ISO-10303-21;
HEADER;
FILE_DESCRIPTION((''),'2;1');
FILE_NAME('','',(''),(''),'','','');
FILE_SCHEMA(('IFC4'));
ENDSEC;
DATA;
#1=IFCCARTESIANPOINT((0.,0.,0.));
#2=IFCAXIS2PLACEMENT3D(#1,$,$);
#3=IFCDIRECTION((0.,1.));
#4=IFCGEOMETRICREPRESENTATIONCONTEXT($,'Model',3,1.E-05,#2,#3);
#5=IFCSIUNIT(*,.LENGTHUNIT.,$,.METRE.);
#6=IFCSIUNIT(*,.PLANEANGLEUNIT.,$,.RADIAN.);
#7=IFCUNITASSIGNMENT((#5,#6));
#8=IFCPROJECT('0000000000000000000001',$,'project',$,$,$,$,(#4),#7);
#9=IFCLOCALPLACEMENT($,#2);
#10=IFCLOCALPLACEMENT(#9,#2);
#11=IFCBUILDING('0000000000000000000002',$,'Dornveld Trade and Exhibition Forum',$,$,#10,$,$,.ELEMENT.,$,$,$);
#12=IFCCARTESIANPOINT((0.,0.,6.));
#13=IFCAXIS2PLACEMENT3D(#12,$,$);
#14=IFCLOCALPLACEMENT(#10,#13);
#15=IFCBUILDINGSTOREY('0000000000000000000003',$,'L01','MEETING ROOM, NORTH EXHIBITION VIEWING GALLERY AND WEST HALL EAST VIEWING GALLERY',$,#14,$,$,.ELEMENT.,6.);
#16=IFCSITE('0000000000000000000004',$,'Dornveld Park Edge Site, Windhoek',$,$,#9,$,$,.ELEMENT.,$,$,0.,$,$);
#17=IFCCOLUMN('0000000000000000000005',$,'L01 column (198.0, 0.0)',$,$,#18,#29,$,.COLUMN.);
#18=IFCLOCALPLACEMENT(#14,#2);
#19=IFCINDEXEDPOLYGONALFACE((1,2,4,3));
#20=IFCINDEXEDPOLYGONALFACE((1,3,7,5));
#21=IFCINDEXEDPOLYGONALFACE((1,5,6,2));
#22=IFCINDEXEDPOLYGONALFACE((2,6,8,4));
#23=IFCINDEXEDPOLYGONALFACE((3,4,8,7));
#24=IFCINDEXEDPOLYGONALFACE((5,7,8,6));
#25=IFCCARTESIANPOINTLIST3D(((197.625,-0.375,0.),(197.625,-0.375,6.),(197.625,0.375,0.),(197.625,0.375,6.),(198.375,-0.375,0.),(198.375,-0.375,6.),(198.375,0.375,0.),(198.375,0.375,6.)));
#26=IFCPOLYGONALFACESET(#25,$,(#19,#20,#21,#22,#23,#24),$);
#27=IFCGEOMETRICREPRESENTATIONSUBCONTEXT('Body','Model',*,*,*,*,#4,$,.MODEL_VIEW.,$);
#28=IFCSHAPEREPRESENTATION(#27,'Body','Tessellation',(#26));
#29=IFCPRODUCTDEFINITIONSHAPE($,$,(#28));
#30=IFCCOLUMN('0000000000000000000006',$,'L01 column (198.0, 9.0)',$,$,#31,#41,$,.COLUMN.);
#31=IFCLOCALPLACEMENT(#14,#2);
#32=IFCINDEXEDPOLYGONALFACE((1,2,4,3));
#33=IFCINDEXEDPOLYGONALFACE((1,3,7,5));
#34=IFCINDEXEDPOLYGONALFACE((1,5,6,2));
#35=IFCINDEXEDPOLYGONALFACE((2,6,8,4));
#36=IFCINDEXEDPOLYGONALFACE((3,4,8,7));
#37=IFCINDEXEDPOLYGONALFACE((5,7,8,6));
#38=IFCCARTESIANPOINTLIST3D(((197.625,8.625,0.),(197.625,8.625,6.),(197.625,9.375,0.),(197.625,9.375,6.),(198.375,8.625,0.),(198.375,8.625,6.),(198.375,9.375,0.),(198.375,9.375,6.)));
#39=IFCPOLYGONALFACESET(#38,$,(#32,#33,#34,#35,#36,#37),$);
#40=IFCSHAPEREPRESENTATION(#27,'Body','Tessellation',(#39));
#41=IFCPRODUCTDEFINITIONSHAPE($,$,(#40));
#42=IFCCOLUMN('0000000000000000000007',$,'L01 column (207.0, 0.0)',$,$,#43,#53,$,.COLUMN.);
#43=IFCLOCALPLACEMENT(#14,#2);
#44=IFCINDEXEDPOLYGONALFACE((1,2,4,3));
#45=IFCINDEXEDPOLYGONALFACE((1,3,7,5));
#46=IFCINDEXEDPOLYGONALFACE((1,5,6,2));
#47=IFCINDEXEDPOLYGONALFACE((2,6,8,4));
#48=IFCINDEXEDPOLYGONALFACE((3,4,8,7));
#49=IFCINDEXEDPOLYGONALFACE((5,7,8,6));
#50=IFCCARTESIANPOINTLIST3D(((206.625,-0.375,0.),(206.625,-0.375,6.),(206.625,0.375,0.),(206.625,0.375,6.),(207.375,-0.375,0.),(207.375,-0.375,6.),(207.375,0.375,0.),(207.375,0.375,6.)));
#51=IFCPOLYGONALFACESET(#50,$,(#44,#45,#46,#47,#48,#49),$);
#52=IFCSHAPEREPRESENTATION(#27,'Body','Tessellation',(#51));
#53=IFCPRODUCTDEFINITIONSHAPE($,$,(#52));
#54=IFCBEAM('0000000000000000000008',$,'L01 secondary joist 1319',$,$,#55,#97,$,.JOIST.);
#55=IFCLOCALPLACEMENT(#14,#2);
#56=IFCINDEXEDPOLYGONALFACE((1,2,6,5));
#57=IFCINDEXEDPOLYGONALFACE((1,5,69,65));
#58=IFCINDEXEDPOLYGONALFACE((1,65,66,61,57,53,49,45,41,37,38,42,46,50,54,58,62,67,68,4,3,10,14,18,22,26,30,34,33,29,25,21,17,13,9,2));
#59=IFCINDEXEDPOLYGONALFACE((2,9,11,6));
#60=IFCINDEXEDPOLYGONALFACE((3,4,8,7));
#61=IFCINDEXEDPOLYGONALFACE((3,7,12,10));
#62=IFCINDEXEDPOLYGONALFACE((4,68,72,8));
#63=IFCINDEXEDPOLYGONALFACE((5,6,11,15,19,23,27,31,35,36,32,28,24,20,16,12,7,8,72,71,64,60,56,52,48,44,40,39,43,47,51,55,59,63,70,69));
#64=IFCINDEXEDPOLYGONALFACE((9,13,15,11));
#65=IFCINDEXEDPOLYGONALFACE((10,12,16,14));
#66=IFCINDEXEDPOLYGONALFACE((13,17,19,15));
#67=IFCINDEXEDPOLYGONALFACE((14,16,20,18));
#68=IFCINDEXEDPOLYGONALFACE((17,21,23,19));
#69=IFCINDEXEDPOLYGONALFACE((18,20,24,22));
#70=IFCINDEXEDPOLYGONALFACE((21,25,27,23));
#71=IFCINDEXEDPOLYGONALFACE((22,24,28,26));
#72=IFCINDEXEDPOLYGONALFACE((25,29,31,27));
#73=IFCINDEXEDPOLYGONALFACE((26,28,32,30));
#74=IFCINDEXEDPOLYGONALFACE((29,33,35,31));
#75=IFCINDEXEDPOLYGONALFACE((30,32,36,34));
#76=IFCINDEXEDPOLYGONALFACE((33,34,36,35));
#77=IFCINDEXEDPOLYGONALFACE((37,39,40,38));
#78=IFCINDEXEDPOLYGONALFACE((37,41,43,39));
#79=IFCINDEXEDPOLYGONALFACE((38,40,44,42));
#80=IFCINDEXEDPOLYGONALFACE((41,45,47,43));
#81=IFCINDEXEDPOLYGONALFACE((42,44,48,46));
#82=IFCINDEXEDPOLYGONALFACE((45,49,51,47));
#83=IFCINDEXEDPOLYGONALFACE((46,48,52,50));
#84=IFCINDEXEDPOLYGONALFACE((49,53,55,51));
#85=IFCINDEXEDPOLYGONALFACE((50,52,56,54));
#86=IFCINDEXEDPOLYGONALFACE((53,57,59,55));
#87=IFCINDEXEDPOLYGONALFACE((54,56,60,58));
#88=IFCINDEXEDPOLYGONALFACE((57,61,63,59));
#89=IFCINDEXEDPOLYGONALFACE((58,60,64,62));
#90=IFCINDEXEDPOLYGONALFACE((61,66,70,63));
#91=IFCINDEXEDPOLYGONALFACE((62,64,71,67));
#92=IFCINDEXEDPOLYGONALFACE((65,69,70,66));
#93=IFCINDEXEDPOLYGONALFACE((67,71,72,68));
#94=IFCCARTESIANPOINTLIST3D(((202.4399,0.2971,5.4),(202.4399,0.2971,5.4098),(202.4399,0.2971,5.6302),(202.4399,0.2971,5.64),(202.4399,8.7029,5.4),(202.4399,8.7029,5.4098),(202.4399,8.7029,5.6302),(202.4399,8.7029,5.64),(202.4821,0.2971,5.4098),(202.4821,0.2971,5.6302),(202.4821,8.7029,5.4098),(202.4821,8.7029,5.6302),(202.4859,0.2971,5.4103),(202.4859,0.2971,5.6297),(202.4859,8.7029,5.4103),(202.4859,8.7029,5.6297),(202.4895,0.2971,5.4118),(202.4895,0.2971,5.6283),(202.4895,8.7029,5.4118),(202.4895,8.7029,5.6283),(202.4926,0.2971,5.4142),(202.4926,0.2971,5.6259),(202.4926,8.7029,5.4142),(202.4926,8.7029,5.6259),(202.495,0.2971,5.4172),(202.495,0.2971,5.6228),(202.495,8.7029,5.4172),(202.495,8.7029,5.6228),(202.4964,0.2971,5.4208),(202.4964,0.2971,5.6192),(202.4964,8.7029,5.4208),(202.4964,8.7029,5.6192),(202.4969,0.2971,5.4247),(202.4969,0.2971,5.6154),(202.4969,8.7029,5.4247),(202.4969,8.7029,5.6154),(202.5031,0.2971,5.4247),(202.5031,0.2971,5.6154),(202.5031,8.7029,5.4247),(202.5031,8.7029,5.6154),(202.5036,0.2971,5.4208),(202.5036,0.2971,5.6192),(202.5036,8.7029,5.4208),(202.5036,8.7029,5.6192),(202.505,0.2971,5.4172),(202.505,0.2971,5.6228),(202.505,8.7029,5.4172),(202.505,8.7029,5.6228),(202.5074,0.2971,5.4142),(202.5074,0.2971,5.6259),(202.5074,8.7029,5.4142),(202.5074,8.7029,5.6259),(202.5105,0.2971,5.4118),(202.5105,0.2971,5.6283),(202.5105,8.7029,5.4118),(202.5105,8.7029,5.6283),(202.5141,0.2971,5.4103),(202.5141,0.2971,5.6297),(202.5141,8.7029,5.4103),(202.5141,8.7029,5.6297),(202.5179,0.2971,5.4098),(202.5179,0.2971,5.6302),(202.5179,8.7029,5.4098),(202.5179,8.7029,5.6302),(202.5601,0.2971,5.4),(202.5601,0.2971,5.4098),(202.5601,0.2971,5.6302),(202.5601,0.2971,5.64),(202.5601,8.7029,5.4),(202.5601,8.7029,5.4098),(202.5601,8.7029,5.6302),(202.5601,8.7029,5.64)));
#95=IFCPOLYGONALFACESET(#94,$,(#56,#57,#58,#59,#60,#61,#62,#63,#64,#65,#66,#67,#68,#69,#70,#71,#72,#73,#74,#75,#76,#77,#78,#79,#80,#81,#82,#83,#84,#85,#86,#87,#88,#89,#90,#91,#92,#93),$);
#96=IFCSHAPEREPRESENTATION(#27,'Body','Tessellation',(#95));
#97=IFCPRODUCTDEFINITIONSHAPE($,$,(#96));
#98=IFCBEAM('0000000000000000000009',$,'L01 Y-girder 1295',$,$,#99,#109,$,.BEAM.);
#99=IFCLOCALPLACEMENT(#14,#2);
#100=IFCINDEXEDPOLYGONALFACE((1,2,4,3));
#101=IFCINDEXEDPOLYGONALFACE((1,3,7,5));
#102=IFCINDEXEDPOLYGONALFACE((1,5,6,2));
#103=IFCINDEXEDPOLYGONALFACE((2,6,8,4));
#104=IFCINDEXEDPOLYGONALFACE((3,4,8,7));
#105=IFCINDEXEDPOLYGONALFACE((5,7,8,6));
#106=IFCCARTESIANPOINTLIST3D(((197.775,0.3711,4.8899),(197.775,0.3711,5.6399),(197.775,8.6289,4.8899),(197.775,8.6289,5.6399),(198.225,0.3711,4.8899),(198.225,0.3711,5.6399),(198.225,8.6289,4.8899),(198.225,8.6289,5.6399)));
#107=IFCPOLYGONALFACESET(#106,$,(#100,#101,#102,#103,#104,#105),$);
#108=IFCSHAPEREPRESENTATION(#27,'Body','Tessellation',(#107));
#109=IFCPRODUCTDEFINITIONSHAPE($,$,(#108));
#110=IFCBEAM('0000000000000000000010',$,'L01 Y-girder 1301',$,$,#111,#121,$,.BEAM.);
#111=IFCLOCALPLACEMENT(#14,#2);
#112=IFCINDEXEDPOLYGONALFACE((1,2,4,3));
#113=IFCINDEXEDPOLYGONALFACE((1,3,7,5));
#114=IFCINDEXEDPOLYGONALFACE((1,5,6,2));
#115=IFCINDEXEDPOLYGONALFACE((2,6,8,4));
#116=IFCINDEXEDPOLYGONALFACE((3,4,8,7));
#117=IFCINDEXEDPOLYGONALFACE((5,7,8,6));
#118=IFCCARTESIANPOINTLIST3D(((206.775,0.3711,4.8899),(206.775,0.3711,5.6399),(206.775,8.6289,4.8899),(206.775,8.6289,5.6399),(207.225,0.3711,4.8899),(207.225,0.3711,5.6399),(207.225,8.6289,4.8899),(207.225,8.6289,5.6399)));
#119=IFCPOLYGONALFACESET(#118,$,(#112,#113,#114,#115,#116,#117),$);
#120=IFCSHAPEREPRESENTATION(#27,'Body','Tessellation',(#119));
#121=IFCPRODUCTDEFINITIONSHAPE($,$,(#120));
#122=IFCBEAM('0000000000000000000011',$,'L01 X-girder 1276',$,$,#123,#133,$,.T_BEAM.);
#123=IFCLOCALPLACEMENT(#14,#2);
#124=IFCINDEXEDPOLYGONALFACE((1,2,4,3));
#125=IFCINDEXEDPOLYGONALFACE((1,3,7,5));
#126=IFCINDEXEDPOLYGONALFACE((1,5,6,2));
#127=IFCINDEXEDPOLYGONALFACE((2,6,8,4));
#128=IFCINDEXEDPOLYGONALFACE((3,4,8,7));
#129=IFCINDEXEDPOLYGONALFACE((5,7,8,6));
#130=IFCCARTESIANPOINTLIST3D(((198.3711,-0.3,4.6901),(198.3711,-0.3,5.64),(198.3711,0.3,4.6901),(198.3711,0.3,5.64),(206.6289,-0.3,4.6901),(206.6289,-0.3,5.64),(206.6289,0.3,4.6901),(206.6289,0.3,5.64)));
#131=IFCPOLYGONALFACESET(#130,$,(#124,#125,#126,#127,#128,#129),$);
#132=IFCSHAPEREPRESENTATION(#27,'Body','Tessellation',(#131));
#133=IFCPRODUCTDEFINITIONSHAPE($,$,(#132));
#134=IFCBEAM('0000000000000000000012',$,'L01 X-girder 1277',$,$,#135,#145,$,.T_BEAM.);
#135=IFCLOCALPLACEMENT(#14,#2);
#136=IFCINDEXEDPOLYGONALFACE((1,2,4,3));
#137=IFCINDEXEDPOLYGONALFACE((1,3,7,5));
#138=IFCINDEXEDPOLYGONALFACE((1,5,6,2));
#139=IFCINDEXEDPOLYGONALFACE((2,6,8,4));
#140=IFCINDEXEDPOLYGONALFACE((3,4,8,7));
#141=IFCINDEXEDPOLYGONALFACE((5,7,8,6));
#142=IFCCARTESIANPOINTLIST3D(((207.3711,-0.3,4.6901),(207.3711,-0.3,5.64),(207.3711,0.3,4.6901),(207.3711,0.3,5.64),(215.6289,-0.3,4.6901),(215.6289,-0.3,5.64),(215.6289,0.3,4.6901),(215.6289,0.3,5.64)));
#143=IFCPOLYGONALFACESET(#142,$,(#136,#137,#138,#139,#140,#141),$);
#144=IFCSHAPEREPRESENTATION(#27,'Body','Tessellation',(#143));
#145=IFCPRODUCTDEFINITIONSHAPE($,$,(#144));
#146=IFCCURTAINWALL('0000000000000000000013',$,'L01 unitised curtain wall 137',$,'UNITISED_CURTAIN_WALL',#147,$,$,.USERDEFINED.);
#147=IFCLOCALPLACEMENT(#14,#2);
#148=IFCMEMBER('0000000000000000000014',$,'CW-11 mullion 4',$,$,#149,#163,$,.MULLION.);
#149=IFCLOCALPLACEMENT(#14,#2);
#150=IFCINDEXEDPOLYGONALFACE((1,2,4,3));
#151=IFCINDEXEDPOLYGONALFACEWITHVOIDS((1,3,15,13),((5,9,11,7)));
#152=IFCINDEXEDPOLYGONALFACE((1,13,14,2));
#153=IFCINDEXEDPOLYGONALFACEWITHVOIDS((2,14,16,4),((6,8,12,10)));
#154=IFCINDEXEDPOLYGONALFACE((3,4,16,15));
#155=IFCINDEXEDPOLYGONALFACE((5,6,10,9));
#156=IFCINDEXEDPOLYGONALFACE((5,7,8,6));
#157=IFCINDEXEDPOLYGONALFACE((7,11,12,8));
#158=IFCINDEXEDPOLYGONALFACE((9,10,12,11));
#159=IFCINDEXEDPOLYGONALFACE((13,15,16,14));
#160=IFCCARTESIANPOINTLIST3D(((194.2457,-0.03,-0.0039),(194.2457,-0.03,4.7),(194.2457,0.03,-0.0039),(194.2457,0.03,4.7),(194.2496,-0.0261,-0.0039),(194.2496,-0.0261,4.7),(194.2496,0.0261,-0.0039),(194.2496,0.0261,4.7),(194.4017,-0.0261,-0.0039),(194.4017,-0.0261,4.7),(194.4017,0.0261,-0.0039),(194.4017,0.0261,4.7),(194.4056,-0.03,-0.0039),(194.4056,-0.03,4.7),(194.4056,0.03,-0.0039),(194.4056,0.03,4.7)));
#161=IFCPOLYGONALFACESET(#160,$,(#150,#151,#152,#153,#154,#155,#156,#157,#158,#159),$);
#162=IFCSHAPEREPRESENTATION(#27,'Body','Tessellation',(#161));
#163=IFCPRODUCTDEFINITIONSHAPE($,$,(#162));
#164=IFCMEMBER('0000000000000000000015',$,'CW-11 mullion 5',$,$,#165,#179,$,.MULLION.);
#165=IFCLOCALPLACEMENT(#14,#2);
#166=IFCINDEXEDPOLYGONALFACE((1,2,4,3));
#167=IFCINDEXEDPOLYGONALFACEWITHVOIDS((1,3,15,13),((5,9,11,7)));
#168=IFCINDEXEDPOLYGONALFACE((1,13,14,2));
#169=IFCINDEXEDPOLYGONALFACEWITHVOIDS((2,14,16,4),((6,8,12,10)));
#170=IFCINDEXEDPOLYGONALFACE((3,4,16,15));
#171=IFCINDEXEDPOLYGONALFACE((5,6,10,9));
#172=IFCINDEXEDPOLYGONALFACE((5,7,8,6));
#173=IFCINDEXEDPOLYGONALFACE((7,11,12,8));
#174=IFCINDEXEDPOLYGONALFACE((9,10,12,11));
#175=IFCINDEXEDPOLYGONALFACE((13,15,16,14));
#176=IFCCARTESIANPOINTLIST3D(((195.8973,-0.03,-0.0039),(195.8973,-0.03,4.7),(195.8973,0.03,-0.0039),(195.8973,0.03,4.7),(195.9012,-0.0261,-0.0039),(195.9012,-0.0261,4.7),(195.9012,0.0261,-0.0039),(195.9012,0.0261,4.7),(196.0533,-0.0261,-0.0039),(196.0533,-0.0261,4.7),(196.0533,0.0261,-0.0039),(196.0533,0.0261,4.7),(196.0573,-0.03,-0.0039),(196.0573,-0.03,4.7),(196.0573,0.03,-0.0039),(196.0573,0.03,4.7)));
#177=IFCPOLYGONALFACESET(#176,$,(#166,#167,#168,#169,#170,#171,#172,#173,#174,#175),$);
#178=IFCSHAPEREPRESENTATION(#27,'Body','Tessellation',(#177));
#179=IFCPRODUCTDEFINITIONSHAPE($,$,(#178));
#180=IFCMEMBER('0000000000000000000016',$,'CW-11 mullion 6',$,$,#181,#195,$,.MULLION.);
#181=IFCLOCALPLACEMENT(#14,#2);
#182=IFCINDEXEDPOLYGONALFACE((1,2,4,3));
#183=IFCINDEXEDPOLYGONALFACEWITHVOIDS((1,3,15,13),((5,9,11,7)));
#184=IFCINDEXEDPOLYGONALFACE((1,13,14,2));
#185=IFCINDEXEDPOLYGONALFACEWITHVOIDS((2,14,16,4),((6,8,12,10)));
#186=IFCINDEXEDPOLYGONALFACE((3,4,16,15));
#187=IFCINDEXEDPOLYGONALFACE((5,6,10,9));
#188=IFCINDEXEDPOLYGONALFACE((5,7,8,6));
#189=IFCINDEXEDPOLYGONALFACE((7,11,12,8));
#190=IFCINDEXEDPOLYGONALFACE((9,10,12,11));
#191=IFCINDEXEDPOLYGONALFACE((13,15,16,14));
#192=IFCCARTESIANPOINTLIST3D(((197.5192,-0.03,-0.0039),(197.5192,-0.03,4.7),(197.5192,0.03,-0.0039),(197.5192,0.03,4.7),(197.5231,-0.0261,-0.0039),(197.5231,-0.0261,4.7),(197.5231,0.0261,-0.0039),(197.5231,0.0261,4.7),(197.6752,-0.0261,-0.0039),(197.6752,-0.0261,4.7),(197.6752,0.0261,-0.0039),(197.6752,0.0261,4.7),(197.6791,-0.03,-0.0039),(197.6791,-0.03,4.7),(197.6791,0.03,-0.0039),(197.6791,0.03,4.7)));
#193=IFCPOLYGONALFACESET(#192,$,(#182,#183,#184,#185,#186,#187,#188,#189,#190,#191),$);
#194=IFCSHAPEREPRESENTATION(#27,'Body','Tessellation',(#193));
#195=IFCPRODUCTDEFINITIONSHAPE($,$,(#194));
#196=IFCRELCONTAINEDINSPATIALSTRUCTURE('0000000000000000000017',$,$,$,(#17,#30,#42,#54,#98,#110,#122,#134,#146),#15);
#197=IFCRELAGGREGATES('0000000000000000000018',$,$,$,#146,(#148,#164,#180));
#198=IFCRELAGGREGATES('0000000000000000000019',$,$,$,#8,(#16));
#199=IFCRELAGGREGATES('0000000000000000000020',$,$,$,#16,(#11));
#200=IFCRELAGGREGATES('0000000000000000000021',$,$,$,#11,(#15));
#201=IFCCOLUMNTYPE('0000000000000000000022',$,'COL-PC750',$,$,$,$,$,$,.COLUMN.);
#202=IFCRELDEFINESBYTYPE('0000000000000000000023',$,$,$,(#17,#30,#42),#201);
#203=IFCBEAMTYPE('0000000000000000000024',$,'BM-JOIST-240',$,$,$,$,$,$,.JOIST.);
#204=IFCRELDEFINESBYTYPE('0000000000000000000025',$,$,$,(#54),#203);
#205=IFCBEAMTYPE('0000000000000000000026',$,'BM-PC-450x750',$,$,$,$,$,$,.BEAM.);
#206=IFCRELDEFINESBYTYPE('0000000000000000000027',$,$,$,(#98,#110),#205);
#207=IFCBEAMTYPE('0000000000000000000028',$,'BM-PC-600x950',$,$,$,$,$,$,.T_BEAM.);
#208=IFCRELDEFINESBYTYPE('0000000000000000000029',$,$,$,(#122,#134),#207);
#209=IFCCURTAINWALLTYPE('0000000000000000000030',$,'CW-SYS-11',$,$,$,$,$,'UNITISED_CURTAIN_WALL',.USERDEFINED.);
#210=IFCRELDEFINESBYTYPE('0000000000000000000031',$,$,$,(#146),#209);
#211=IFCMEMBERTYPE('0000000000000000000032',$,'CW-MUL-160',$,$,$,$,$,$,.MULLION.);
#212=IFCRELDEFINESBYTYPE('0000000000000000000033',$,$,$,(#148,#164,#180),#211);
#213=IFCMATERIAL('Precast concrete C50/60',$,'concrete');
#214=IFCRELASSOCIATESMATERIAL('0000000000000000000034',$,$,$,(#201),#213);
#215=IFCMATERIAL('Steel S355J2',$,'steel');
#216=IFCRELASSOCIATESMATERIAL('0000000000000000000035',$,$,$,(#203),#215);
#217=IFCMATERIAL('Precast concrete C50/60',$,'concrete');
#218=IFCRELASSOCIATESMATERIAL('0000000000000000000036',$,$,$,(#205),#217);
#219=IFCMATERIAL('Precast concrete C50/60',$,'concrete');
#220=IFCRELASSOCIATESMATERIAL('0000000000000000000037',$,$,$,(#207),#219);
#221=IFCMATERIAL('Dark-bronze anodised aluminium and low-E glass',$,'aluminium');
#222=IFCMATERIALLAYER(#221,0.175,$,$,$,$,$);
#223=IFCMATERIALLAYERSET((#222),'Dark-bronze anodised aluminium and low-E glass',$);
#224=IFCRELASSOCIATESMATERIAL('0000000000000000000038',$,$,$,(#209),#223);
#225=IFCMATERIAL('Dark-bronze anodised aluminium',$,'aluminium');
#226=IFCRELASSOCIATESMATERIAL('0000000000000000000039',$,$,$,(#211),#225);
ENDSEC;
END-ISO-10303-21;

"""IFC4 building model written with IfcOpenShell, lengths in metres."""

from ifc_helpers import new_model, si_unit, direction, frame, origin, origin_2d, place, context, subcontext, project, spatial, rectangle, hollow_rectangle, i_section, extrude, material, layer, layer_set, material_profile, profile_set, type_object, element, aggregate, save


model = new_model("IFC4")

# Units and contexts
model_context = context("Model", 3, precision=1e-05, world=origin(), true_north=direction((0.0, 1.0)))
body_context = subcontext(model_context, "Body", "Model", "MODEL_VIEW")
ifc_project = project(units=[si_unit("LENGTHUNIT", "METRE"), si_unit("PLANEANGLEUNIT", "RADIAN")], contexts=[model_context])

# Site, building, storey
site_placement = place(None, origin())
site = spatial("IfcSite", under=ifc_project, at=site_placement, Name="Dornveld Park Edge Site, Windhoek", CompositionType="ELEMENT", RefElevation=0.0)
building_placement = place(site_placement, origin())
building = spatial("IfcBuilding", under=site, at=building_placement, Name="Dornveld Trade and Exhibition Forum", CompositionType="ELEMENT")
storey_placement = place(building_placement, frame((0.0, 0.0, 6.0)))
storey = spatial("IfcBuildingStorey", under=building, at=storey_placement, Name="L01", Description="MEETING ROOM, NORTH EXHIBITION VIEWING GALLERY AND WEST HALL EAST VIEWING GALLERY", CompositionType="ELEMENT", Elevation=6.0)

# Columns
ifc_material_1 = material(Name="Precast concrete C50/60", Category="concrete")
ifc_material_profile_1 = material_profile(ifc_material_1, rectangle(XDim=0.75, YDim=0.75, at=origin_2d()), Name="PC-COL 750x750")
ifc_profile_set_1 = profile_set([ifc_material_profile_1], Name="Precast concrete C50/60")
column_type = type_object("IfcColumnType", Name="COL-PC750", PredefinedType="COLUMN", material=ifc_profile_set_1)
for number, where, z_axis, x_axis, name in (
    (1, (198.0, 0.0, 0.0), (0.0, 0.0, 1.0), (1.0, 0.0, 0.0), "L01 column (198.0, 0.0)"),
    (2, (198.0, 9.0, 0.0), (0.0, 0.0, 1.0), (1.0, 0.0, 0.0), "L01 column (198.0, 9.0)"),
    (3, (207.0, 0.0, 0.0), (0.0, 0.0, 1.0), (1.0, 0.0, 0.0), "L01 column (207.0, 0.0)"),
):
    element("IfcColumn", number, at=place(storey_placement, frame(where, z_axis=z_axis, x_axis=x_axis)), inside=storey, type_object=column_type, Name=name, PredefinedType="COLUMN", context=body_context, shape_type="SweptSolid", body=[
        extrude(rectangle(XDim=0.75, YDim=0.75, at=origin_2d()), origin(), (0.0, 0.0, 1.0), 6.0),
    ])

# Beams
ifc_material_2 = material(Name="Steel S355J2", Category="steel")
ifc_material_profile_2 = material_profile(ifc_material_2, i_section(OverallWidth=0.1201, OverallDepth=0.24, WebThickness=0.0061, FlangeThickness=0.0098, FilletRadius=0.0149, at=origin_2d()), Name="IPE 240")
ifc_profile_set_2 = profile_set([ifc_material_profile_2], Name="Steel S355J2")
beam_type_1 = type_object("IfcBeamType", Name="BM-JOIST-240", PredefinedType="JOIST", material=ifc_profile_set_2)
beam_placement = place(storey_placement, frame((202.5, 0.2971, 5.52), z_axis=(0.0, 1.0, 0.0), x_axis=(-1.0, 0.0, 0.0)))
element("IfcBeam", 4, at=beam_placement, inside=storey, type_object=beam_type_1, Name="L01 secondary joist 1319", PredefinedType="JOIST", context=body_context, shape_type="SweptSolid", body=[
    extrude(i_section(OverallWidth=0.1201, OverallDepth=0.24, WebThickness=0.0061, FlangeThickness=0.0098, FilletRadius=0.0149, at=origin_2d()), origin(), (0.0, 0.0, 1.0), 8.4058),
])
ifc_material_3 = material(Name="Precast concrete C50/60", Category="concrete")
ifc_material_profile_3 = material_profile(ifc_material_3, rectangle(XDim=0.45, YDim=0.75, at=origin_2d()), Name="PC-BM 450x750")
ifc_profile_set_3 = profile_set([ifc_material_profile_3], Name="Precast concrete C50/60")
beam_type_2 = type_object("IfcBeamType", Name="BM-PC-450x750", PredefinedType="BEAM", material=ifc_profile_set_3)
for number, where, z_axis, x_axis, name in (
    (5, (198.0, 0.3711, 5.2649), (0.0, 1.0, 0.0), (-1.0, 0.0, 0.0), "L01 Y-girder 1295"),
    (6, (207.0, 0.3711, 5.2649), (0.0, 1.0, 0.0), (-1.0, 0.0, 0.0), "L01 Y-girder 1301"),
):
    element("IfcBeam", number, at=place(storey_placement, frame(where, z_axis=z_axis, x_axis=x_axis)), inside=storey, type_object=beam_type_2, Name=name, PredefinedType="BEAM", context=body_context, shape_type="SweptSolid", body=[
        extrude(rectangle(XDim=0.45, YDim=0.75, at=origin_2d()), origin(), (0.0, 0.0, 1.0), 8.2578),
    ])
ifc_material_4 = material(Name="Precast concrete C50/60", Category="concrete")
ifc_material_profile_4 = material_profile(ifc_material_4, rectangle(XDim=0.6001, YDim=0.95, at=origin_2d()), Name="PC-GIR 600x950")
ifc_profile_set_4 = profile_set([ifc_material_profile_4], Name="Precast concrete C50/60")
beam_type_3 = type_object("IfcBeamType", Name="BM-PC-600x950", PredefinedType="T_BEAM", material=ifc_profile_set_4)
for number, where, z_axis, x_axis, name in (
    (7, (198.3711, 0.0, 5.165), (1.0, 0.0, 0.0), (0.0, 1.0, 0.0), "L01 X-girder 1276"),
    (8, (207.3711, 0.0, 5.165), (1.0, 0.0, 0.0), (0.0, 1.0, 0.0), "L01 X-girder 1277"),
):
    element("IfcBeam", number, at=place(storey_placement, frame(where, z_axis=z_axis, x_axis=x_axis)), inside=storey, type_object=beam_type_3, Name=name, PredefinedType="T_BEAM", context=body_context, shape_type="SweptSolid", body=[
        extrude(rectangle(XDim=0.6001, YDim=0.95, at=origin_2d()), origin(), (0.0, 0.0, 1.0), 8.2578),
    ])

# Curtain wall, members
ifc_material_5 = material(Name="Dark-bronze anodised aluminium and low-E glass", Category="aluminium")
ifc_layer_1 = layer(ifc_material_5, 0.175)
ifc_layer_set_1 = layer_set([ifc_layer_1], Name="Dark-bronze anodised aluminium and low-E glass")
curtain_wall_type = type_object("IfcCurtainWallType", Name="CW-SYS-11", ElementType="UNITISED_CURTAIN_WALL", PredefinedType="USERDEFINED", material=ifc_layer_set_1)
curtain_wall_placement = place(storey_placement, origin())
curtain_wall = element("IfcCurtainWall", 9, at=curtain_wall_placement, inside=storey, type_object=curtain_wall_type, Name="L01 unitised curtain wall 137", ObjectType="UNITISED_CURTAIN_WALL", PredefinedType="USERDEFINED")
ifc_material_6 = material(Name="Dark-bronze anodised aluminium", Category="aluminium")
ifc_material_profile_5 = material_profile(ifc_material_6, hollow_rectangle(XDim=0.0601, YDim=0.1599, WallThickness=0.0039, at=origin_2d()), Name="RHS 160x60x4")
ifc_profile_set_5 = profile_set([ifc_material_profile_5], Name="Dark-bronze anodised aluminium")
member_type_1 = type_object("IfcMemberType", Name="CW-MUL-160", PredefinedType="MULLION", material=ifc_profile_set_5)
member_1_placement = place(storey_placement, frame((194.3257, 0.0, -0.0039), z_axis=(0.0, 0.0, 1.0), x_axis=(0.0, 1.0, 0.0)))
member_1 = element("IfcMember", 10, at=member_1_placement, type_object=member_type_1, Name="CW-11 mullion 4", PredefinedType="MULLION", context=body_context, shape_type="SweptSolid", body=[
    extrude(hollow_rectangle(XDim=0.0601, YDim=0.1599, WallThickness=0.0039, at=origin_2d()), origin(), (0.0, 0.0, 1.0), 4.7039),
])
member_2_placement = place(storey_placement, frame((195.9773, 0.0, -0.0039), z_axis=(0.0, 0.0, 1.0), x_axis=(0.0, 1.0, 0.0)))
member_2 = element("IfcMember", 11, at=member_2_placement, type_object=member_type_1, Name="CW-11 mullion 5", PredefinedType="MULLION", context=body_context, shape_type="SweptSolid", body=[
    extrude(hollow_rectangle(XDim=0.0601, YDim=0.1599, WallThickness=0.0039, at=origin_2d()), origin(), (0.0, 0.0, 1.0), 4.7039),
])
member_3_placement = place(storey_placement, frame((197.5991, 0.0, -0.0039), z_axis=(0.0, 0.0, 1.0), x_axis=(0.0, 1.0, 0.0)))
member_3 = element("IfcMember", 12, at=member_3_placement, type_object=member_type_1, Name="CW-11 mullion 6", PredefinedType="MULLION", context=body_context, shape_type="SweptSolid", body=[
    extrude(hollow_rectangle(XDim=0.0601, YDim=0.1599, WallThickness=0.0039, at=origin_2d()), origin(), (0.0, 0.0, 1.0), 4.7039),
])

aggregate(curtain_wall, [member_1, member_2, member_3])

save(model, "model.ifc")
